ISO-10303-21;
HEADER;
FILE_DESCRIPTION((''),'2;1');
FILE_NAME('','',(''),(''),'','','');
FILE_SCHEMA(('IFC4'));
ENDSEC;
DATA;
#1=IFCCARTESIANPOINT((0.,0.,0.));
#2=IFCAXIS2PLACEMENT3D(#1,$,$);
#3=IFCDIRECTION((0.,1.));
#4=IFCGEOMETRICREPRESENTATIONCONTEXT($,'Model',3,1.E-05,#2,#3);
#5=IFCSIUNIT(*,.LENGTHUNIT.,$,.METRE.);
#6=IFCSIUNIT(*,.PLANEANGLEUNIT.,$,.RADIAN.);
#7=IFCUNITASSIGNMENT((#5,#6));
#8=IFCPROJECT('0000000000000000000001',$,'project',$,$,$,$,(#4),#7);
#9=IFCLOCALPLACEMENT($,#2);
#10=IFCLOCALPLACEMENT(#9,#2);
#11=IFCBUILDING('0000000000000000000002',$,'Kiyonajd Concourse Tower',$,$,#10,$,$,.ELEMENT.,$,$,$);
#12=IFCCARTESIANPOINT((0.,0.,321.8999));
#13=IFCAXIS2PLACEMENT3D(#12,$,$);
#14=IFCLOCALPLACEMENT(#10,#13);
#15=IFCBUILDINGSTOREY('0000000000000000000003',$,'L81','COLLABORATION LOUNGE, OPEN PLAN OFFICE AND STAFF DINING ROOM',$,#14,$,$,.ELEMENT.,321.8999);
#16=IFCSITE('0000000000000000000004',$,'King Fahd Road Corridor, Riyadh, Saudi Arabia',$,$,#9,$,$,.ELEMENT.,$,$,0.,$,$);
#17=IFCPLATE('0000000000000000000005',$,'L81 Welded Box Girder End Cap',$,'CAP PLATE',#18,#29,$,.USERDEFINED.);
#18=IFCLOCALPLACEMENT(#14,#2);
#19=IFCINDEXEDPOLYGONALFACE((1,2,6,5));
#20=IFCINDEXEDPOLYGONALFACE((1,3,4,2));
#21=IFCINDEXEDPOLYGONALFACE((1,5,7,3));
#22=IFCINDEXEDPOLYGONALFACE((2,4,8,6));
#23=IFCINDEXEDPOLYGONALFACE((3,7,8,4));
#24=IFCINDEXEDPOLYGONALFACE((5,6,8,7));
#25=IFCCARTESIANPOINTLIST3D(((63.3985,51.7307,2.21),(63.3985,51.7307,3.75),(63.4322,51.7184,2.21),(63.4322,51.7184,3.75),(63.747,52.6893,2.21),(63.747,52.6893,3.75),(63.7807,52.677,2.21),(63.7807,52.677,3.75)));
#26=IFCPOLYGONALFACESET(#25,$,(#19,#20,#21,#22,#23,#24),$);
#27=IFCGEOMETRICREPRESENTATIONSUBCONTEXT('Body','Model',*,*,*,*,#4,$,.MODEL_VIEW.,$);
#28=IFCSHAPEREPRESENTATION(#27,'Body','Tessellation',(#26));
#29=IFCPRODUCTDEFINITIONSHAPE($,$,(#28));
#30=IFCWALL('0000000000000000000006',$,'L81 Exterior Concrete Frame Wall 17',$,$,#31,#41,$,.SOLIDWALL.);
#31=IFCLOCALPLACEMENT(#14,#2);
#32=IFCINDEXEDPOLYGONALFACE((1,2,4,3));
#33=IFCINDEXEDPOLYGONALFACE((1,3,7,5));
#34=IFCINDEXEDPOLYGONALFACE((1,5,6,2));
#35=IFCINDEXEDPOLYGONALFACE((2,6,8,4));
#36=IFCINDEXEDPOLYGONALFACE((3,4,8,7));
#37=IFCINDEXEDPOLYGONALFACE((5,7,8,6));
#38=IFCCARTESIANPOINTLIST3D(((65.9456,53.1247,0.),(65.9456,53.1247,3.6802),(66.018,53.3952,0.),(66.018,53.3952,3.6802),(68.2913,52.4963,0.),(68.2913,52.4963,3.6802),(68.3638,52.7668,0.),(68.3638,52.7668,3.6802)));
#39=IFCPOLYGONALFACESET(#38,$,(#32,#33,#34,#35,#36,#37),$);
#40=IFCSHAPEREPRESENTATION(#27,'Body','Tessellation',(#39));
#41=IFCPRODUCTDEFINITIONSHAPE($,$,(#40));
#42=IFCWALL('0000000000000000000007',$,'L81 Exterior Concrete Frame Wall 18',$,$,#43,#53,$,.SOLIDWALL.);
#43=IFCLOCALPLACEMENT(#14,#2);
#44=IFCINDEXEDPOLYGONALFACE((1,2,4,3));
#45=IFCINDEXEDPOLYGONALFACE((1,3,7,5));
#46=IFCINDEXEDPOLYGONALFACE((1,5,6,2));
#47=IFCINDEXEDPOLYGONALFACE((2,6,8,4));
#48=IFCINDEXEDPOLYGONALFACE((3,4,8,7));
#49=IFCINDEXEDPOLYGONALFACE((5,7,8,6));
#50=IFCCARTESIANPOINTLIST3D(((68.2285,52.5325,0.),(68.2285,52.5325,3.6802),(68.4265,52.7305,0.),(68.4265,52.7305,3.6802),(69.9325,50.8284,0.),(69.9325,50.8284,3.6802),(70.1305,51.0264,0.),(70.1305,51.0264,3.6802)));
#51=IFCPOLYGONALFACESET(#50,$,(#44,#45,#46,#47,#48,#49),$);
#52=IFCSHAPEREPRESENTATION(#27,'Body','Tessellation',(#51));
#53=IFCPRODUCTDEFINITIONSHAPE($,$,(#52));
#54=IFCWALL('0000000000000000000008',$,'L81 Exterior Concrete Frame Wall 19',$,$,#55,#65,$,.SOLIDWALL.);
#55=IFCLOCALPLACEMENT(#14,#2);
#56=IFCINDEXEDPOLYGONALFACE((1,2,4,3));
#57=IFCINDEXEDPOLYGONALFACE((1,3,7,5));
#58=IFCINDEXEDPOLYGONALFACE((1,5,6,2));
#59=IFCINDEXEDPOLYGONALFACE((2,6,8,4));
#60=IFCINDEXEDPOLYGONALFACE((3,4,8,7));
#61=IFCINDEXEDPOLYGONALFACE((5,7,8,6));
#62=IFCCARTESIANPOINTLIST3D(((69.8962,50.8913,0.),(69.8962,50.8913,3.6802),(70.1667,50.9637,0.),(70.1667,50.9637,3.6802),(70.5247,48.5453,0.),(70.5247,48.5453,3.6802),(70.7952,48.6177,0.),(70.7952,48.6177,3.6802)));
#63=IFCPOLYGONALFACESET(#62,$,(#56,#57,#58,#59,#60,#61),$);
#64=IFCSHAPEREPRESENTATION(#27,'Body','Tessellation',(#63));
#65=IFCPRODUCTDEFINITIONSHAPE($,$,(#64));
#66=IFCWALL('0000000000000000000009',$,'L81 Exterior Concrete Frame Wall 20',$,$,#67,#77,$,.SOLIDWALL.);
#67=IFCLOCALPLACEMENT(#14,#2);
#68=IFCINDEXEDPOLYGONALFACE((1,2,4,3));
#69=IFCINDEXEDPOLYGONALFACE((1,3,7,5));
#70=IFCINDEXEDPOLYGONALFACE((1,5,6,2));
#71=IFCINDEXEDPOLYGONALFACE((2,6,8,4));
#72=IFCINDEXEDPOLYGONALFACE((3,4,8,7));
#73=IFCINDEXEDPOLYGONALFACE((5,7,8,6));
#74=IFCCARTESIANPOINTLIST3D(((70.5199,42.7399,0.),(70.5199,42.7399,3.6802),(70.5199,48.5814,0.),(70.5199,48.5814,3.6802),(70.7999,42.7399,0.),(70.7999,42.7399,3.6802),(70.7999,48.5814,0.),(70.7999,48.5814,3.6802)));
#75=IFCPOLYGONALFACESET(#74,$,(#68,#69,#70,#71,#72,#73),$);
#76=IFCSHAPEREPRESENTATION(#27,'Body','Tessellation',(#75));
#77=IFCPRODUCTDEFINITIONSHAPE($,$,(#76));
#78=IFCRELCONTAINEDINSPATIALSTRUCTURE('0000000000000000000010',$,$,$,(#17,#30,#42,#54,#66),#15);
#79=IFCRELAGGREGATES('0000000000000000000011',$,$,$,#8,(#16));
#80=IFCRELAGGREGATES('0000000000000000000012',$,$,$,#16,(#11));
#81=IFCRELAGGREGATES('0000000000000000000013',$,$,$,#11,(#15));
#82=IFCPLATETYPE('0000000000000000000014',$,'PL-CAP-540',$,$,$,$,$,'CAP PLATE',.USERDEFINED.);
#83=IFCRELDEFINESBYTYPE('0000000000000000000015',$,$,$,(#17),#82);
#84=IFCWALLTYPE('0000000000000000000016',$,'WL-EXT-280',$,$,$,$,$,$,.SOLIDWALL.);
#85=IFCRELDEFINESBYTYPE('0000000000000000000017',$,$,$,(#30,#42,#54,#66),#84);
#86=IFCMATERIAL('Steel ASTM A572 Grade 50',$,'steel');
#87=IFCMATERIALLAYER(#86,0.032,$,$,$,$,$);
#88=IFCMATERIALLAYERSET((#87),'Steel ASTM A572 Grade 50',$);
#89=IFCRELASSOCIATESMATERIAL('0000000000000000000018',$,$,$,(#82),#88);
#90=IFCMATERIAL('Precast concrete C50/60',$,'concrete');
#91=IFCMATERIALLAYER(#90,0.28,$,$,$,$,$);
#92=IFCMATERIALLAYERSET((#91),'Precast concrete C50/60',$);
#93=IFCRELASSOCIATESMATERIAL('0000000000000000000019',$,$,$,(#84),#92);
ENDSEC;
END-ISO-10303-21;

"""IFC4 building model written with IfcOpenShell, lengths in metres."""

from ifc_helpers import new_model, si_unit, direction, frame, frame_2d, origin, origin_2d, place, context, subcontext, project, spatial, rectangle, extrude, material, layer, layer_set, type_object, element, save


model = new_model("IFC4")

# Units and contexts
model_context = context("Model", 3, precision=1e-05, world=origin(), true_north=direction((0.0, 1.0)))
body_context = subcontext(model_context, "Body", "Model", "MODEL_VIEW")
ifc_project = project(units=[si_unit("LENGTHUNIT", "METRE"), si_unit("PLANEANGLEUNIT", "RADIAN")], contexts=[model_context])

# Site, building, storey
site_placement = place(None, origin())
site = spatial("IfcSite", under=ifc_project, at=site_placement, Name="King Fahd Road Corridor, Riyadh, Saudi Arabia", CompositionType="ELEMENT", RefElevation=0.0)
building_placement = place(site_placement, origin())
building = spatial("IfcBuilding", under=site, at=building_placement, Name="Kiyonajd Concourse Tower", CompositionType="ELEMENT")
storey_placement = place(building_placement, frame((0.0, 0.0, 321.8999)))
storey = spatial("IfcBuildingStorey", under=building, at=storey_placement, Name="L81", Description="COLLABORATION LOUNGE, OPEN PLAN OFFICE AND STAFF DINING ROOM", CompositionType="ELEMENT", Elevation=321.8999)

# Shared definitions
ifc_material_1 = material(Name="Steel ASTM A572 Grade 50", Category="steel")

# Plate
ifc_layer_1 = layer(ifc_material_1, 0.032)
ifc_layer_set_1 = layer_set([ifc_layer_1], Name="Steel ASTM A572 Grade 50")
plate_type_1 = type_object("IfcPlateType", Name="PL-CAP-540", ElementType="CAP PLATE", PredefinedType="USERDEFINED", material=ifc_layer_set_1)
for number, where, z_axis, x_axis, name in (
    (1, (63.5896, 52.2039, 2.21), (0.0, 0.0, 1.0), (-0.939812, 0.341692, 0.0), "L81 Welded Box Girder End Cap"),
):
    element("IfcPlate", number, at=place(storey_placement, frame(where, z_axis=z_axis, x_axis=x_axis)), inside=storey, type_object=plate_type_1, Name=name, ObjectType="CAP PLATE", PredefinedType="USERDEFINED", context=body_context, shape_type="SweptSolid", body=[
        extrude(rectangle(XDim=0.0359, YDim=1.02, at=origin_2d()), origin(), (0.0, 0.0, 1.0), 1.54),
    ])

# Walls
ifc_material_2 = material(Name="Precast concrete C50/60", Category="concrete")
ifc_layer_2 = layer(ifc_material_2, 0.28)
ifc_layer_set_2 = layer_set([ifc_layer_2], Name="Precast concrete C50/60")
wall_type = type_object("IfcWallType", Name="WL-EXT-280", PredefinedType="SOLIDWALL", material=ifc_layer_set_2)
wall_1_placement = place(storey_placement, frame((65.9817, 53.26, 0.0), z_axis=(0.0, 0.0, 1.0), x_axis=(0.965937, -0.258776, 0.0)))
element("IfcWall", 2, at=wall_1_placement, inside=storey, type_object=wall_type, Name="L81 Exterior Concrete Frame Wall 17", PredefinedType="SOLIDWALL", context=body_context, shape_type="SweptSolid", body=[
    extrude(rectangle(XDim=2.4285, YDim=0.28, at=frame_2d((1.2144, 0.0))), origin(), (0.0, 0.0, 1.0), 3.6802),
])
wall_2_placement = place(storey_placement, frame((68.3274, 52.6316, 0.0), z_axis=(0.0, 0.0, 1.0), x_axis=(0.707107, -0.707107, 0.0)))
element("IfcWall", 3, at=wall_2_placement, inside=storey, type_object=wall_type, Name="L81 Exterior Concrete Frame Wall 18", PredefinedType="SOLIDWALL", context=body_context, shape_type="SweptSolid", body=[
    extrude(rectangle(XDim=2.4099, YDim=0.28, at=frame_2d((1.2051, 0.0))), origin(), (0.0, 0.0, 1.0), 3.6802),
])
wall_3_placement = place(storey_placement, frame((70.0315, 50.9275, 0.0), z_axis=(0.0, 0.0, 1.0), x_axis=(0.258751, -0.965944, 0.0)))
element("IfcWall", 4, at=wall_3_placement, inside=storey, type_object=wall_type, Name="L81 Exterior Concrete Frame Wall 19", PredefinedType="SOLIDWALL", context=body_context, shape_type="SweptSolid", body=[
    extrude(rectangle(XDim=2.4287, YDim=0.28, at=frame_2d((1.2144, 0.0))), origin(), (0.0, 0.0, 1.0), 3.6802),
])
wall_4_placement = place(storey_placement, frame((70.6599, 48.5815, 0.0), z_axis=(0.0, 0.0, 1.0), x_axis=(0.0, -1.0, 0.0)))
element("IfcWall", 5, at=wall_4_placement, inside=storey, type_object=wall_type, Name="L81 Exterior Concrete Frame Wall 20", PredefinedType="SOLIDWALL", context=body_context, shape_type="SweptSolid", body=[
    extrude(rectangle(XDim=5.8416, YDim=0.28, at=frame_2d((2.9209, 0.0))), origin(), (0.0, 0.0, 1.0), 3.6802),
])

save(model, "model.ifc")
